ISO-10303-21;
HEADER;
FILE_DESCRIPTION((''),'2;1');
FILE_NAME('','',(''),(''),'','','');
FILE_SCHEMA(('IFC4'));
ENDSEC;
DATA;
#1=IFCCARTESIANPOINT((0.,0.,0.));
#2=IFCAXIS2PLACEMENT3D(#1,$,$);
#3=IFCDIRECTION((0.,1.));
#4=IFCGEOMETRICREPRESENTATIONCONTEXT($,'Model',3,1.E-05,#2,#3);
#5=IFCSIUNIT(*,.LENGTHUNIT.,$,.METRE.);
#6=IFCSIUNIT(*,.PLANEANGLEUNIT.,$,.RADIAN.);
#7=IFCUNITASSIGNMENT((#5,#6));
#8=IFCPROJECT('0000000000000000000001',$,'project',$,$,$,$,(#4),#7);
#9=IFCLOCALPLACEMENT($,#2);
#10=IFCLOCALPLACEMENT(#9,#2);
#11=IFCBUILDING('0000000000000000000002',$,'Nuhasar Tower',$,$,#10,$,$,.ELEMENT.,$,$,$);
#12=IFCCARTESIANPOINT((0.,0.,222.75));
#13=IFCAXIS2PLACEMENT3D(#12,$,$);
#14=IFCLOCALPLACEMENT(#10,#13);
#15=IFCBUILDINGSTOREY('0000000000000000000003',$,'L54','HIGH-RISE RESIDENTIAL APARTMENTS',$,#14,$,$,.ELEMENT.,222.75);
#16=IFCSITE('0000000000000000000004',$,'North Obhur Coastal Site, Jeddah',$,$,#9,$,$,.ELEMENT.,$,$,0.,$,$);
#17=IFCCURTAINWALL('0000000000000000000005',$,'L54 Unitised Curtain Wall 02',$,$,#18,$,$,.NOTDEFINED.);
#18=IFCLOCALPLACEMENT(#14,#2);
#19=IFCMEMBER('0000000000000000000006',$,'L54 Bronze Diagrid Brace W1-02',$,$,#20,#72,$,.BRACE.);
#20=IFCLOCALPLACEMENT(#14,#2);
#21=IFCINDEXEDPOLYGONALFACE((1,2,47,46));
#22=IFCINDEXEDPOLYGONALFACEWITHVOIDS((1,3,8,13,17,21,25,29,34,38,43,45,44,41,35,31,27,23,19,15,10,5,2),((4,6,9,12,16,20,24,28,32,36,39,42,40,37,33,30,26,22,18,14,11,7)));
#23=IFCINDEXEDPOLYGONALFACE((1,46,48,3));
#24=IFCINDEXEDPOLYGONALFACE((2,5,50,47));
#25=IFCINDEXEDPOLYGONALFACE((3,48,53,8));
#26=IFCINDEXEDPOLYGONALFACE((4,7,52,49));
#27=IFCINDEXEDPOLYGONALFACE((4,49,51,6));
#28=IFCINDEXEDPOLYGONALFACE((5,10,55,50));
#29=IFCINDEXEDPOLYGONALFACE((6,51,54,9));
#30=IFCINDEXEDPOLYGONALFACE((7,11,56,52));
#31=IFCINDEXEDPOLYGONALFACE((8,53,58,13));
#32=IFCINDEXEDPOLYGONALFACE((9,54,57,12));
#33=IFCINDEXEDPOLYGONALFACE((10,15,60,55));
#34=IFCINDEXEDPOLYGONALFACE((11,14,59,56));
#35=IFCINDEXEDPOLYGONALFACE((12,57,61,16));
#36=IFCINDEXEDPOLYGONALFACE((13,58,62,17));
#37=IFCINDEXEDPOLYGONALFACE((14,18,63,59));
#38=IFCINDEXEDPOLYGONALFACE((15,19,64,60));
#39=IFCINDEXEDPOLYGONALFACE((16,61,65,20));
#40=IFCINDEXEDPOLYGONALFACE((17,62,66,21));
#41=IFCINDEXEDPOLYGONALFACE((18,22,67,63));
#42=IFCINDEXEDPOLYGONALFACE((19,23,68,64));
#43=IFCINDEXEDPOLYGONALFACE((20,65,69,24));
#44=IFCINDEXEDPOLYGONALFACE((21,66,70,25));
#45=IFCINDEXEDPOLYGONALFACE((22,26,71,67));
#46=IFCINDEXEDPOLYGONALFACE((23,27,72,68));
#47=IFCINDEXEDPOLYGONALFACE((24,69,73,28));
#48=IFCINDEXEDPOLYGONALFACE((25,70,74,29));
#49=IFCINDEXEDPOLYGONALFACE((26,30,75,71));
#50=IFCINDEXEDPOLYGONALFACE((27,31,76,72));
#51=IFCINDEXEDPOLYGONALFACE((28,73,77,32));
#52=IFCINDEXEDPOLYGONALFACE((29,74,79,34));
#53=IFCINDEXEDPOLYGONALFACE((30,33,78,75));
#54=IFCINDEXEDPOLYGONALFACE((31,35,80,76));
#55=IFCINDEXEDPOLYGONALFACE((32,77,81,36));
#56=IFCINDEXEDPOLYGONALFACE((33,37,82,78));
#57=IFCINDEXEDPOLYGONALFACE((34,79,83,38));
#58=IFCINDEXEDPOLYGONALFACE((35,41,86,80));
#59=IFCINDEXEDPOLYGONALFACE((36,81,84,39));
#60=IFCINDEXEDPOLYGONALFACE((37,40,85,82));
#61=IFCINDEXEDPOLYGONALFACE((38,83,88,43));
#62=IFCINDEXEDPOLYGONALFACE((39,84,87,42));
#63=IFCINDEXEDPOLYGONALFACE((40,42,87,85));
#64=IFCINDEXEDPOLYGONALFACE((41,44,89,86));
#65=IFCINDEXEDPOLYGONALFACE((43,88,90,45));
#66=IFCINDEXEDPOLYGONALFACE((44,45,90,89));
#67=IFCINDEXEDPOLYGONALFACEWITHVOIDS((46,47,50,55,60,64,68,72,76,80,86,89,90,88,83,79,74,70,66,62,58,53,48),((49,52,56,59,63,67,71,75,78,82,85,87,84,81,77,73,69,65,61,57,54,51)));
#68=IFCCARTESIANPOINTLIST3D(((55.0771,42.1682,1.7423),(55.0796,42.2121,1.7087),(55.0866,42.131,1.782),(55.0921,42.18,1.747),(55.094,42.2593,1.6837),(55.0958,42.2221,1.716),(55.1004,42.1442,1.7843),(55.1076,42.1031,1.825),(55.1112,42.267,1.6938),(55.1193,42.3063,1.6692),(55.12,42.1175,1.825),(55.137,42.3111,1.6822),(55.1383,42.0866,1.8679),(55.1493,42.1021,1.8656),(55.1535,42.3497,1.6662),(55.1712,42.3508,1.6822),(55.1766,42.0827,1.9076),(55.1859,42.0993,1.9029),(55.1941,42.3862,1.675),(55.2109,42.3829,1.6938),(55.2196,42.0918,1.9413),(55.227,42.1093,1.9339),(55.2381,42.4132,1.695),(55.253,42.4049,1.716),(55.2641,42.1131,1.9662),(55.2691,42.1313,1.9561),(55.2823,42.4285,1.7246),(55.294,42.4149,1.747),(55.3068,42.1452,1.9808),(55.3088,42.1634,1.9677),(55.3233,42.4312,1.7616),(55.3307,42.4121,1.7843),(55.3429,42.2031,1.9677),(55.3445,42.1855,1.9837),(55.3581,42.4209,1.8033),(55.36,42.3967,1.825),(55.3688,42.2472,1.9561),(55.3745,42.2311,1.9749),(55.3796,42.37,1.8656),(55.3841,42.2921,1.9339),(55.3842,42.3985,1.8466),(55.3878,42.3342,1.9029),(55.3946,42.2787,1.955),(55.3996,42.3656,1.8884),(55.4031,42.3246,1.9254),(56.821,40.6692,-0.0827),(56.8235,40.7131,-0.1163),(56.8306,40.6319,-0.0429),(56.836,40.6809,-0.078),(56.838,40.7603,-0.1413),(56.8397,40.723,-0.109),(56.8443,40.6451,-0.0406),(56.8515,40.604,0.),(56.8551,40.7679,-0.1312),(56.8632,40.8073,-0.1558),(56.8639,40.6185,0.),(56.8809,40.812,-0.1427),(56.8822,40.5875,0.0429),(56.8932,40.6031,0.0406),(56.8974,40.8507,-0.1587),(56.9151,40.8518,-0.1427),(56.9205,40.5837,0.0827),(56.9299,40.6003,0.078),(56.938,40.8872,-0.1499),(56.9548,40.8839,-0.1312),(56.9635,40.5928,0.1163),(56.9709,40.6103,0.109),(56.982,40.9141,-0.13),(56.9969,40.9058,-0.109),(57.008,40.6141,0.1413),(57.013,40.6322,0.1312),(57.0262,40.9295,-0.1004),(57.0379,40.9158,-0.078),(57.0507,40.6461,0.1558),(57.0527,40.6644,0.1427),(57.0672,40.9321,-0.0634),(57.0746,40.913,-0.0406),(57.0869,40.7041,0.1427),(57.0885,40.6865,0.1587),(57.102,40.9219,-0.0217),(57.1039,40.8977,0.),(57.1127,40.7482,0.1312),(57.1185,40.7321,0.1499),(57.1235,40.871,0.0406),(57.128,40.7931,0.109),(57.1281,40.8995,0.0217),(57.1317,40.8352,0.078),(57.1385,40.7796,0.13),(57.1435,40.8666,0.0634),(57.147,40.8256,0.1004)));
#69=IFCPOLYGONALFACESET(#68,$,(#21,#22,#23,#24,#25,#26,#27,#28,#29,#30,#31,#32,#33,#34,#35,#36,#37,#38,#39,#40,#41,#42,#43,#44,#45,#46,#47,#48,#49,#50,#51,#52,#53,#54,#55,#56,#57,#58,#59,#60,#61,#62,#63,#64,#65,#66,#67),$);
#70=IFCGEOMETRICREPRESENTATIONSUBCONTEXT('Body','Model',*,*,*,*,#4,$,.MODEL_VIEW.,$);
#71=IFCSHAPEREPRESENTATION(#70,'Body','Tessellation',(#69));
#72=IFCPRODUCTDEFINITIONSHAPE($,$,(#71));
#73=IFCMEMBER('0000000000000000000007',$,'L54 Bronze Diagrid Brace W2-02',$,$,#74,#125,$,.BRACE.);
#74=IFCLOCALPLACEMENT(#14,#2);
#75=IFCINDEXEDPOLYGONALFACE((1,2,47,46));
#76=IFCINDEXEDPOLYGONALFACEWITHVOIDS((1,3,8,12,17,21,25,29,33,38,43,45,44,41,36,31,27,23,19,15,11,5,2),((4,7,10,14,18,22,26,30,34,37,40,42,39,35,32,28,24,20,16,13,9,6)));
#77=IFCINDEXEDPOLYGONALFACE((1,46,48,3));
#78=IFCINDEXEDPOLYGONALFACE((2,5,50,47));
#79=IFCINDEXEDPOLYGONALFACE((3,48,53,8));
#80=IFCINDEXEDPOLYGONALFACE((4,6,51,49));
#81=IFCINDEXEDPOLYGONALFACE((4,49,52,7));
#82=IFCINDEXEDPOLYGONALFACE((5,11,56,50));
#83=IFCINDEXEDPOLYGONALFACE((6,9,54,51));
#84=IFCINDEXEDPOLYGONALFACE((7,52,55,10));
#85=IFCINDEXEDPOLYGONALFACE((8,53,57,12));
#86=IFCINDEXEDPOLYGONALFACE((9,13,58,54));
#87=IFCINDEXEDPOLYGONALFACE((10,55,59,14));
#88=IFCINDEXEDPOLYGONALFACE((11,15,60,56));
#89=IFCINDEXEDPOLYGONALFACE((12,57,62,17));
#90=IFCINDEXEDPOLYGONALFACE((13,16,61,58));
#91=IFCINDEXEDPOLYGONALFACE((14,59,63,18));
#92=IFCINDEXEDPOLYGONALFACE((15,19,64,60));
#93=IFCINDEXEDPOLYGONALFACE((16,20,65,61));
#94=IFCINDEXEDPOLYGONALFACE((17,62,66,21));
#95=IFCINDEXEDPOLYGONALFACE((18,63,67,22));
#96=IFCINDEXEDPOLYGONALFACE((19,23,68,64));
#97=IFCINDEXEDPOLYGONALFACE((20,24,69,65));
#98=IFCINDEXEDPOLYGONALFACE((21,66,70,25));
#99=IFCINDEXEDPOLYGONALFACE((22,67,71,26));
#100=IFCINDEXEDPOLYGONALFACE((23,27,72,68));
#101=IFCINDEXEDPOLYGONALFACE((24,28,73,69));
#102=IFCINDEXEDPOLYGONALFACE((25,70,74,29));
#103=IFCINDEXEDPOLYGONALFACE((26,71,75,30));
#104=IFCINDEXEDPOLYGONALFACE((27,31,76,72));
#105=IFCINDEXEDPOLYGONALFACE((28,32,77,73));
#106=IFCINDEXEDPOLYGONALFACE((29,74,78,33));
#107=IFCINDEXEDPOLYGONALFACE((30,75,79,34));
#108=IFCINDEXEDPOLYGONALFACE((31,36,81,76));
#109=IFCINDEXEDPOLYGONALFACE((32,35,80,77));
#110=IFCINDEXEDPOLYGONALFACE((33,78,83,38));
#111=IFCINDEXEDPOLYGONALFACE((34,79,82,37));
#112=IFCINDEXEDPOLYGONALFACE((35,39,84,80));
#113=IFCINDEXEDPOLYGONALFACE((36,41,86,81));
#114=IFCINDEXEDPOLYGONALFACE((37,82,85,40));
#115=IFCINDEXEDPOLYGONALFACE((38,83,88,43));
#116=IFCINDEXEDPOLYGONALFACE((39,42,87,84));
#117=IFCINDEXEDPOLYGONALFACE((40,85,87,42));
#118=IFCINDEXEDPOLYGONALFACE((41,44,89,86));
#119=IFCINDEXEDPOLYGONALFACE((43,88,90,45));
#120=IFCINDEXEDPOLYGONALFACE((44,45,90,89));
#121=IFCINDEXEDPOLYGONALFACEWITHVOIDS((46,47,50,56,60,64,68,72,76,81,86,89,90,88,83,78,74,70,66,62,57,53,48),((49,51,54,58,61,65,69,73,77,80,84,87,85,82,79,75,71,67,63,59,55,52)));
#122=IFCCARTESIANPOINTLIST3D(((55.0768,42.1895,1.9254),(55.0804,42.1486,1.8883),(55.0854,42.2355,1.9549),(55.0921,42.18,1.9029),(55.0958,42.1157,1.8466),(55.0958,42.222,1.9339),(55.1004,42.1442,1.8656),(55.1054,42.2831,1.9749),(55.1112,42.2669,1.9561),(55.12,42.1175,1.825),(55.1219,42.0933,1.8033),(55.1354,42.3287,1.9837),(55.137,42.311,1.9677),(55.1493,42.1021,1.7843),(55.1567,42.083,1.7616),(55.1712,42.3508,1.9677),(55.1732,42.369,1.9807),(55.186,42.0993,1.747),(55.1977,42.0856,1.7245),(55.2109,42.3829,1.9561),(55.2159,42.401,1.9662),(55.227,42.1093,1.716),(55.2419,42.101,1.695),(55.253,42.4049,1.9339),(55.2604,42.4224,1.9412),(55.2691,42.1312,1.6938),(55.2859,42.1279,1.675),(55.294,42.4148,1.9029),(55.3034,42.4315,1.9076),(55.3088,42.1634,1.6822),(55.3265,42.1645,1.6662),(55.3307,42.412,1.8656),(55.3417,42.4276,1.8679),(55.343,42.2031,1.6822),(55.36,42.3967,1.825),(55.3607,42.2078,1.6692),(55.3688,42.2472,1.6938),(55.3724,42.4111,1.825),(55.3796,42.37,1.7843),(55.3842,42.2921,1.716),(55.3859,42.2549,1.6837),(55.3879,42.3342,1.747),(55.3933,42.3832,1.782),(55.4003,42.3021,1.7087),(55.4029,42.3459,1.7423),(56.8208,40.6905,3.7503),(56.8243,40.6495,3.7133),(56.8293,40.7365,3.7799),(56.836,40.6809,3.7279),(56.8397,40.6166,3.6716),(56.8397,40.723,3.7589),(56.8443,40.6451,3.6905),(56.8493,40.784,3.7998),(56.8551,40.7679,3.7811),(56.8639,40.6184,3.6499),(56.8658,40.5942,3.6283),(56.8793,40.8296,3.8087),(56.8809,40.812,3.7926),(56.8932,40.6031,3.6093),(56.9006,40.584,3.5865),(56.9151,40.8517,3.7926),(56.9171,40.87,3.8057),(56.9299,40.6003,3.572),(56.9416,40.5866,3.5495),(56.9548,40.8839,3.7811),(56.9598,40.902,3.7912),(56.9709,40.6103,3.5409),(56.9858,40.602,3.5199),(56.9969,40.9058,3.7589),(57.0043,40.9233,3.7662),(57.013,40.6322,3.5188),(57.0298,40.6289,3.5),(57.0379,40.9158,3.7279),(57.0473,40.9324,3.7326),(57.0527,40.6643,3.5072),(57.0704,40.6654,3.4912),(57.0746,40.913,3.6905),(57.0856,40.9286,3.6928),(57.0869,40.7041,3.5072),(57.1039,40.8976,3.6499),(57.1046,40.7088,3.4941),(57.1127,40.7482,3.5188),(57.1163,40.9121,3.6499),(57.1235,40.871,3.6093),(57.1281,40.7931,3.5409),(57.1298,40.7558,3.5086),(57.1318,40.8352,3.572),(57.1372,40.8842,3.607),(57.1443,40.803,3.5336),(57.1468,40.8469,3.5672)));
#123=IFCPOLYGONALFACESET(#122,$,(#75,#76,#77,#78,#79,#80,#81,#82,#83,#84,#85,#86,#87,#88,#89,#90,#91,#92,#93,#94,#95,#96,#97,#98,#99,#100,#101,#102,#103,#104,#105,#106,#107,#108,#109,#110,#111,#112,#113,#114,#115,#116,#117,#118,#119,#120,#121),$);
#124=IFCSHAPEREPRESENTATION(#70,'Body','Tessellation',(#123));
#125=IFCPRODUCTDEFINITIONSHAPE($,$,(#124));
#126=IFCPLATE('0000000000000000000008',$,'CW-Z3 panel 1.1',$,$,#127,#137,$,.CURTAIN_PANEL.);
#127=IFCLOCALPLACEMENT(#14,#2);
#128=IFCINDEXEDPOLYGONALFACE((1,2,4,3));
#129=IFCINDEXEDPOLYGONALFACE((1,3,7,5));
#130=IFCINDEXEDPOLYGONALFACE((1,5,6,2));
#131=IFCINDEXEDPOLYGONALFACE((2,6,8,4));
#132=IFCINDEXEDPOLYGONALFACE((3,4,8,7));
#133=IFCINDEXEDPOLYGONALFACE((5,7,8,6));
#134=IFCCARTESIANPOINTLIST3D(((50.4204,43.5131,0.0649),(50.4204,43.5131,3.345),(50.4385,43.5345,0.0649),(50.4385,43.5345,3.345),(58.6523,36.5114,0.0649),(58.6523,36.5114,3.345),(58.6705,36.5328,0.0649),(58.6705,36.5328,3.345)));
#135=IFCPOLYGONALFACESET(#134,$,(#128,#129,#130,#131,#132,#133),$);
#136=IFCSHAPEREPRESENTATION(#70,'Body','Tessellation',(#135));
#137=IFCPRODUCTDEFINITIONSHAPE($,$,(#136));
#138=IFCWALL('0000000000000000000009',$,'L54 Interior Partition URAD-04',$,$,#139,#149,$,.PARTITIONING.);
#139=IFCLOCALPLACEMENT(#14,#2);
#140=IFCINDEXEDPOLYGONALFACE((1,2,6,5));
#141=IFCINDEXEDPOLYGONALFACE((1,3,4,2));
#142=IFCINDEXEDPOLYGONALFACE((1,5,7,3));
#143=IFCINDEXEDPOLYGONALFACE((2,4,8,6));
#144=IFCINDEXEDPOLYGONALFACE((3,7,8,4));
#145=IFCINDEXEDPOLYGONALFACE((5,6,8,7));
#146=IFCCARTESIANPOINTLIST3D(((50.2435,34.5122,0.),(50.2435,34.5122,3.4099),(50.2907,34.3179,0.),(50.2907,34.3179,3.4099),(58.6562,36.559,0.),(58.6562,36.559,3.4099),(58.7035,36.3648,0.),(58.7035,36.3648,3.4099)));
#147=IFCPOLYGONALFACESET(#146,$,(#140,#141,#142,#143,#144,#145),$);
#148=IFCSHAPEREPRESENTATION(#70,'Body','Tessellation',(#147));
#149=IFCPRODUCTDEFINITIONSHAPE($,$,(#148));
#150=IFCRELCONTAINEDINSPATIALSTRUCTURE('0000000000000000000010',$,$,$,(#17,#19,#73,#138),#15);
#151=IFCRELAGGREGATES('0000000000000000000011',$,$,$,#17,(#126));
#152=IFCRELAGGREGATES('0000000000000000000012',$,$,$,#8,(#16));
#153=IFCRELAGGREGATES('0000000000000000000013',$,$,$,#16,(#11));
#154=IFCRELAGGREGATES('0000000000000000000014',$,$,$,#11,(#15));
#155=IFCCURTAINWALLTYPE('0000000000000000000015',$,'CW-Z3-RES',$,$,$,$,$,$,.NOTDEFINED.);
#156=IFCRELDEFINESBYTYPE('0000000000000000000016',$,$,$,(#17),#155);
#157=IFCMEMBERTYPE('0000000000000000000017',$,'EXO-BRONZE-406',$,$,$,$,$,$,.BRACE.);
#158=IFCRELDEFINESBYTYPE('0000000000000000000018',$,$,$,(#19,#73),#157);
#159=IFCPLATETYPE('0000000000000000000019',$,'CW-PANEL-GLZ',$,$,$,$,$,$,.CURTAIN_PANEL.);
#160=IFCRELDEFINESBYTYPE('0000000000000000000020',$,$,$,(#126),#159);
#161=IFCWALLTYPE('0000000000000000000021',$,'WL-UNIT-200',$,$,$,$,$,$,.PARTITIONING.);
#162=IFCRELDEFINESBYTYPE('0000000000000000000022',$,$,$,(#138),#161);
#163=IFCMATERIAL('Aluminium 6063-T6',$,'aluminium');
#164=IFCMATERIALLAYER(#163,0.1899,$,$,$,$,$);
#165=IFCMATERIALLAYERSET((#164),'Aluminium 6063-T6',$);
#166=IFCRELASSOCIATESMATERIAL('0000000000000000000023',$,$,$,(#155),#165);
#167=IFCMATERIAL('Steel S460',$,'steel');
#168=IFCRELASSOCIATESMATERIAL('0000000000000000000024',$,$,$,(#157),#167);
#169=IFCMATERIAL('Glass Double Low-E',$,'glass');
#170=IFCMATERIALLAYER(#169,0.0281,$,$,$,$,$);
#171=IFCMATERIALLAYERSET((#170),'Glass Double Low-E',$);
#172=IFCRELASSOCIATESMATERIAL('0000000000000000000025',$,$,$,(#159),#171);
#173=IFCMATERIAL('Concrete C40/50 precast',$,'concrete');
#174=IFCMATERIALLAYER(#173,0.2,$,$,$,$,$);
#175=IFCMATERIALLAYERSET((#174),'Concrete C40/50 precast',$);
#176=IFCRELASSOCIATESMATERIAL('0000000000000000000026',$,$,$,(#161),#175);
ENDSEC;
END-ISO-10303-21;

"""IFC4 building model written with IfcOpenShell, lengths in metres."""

from ifc_helpers import new_model, si_unit, direction, frame, frame_2d, origin, origin_2d, place, context, subcontext, project, spatial, rectangle, hollow_circle, extrude, material, layer, layer_set, material_profile, profile_set, type_object, element, aggregate, save


model = new_model("IFC4")

# Units and contexts
model_context = context("Model", 3, precision=1e-05, world=origin(), true_north=direction((0.0, 1.0)))
body_context = subcontext(model_context, "Body", "Model", "MODEL_VIEW")
ifc_project = project(units=[si_unit("LENGTHUNIT", "METRE"), si_unit("PLANEANGLEUNIT", "RADIAN")], contexts=[model_context])

# Site, building, storey
site_placement = place(None, origin())
site = spatial("IfcSite", under=ifc_project, at=site_placement, Name="North Obhur Coastal Site, Jeddah", CompositionType="ELEMENT", RefElevation=0.0)
building_placement = place(site_placement, origin())
building = spatial("IfcBuilding", under=site, at=building_placement, Name="Nuhasar Tower", CompositionType="ELEMENT")
storey_placement = place(building_placement, frame((0.0, 0.0, 222.75)))
storey = spatial("IfcBuildingStorey", under=building, at=storey_placement, Name="L54", Description="HIGH-RISE RESIDENTIAL APARTMENTS", CompositionType="ELEMENT", Elevation=222.75)

# Shared definitions
ifc_material_1 = material(Name="Aluminium 6063-T6", Category="aluminium")
ifc_layer_1 = layer(ifc_material_1, 0.1899)
ifc_layer_set_1 = layer_set([ifc_layer_1], Name="Aluminium 6063-T6")
curtain_wall_type = type_object("IfcCurtainWallType", Name="CW-Z3-RES", PredefinedType="NOTDEFINED", material=ifc_layer_set_1)

# Curtain wall
curtain_wall_1_placement = place(storey_placement, origin())
curtain_wall_1 = element("IfcCurtainWall", 1, at=curtain_wall_1_placement, inside=storey, type_object=curtain_wall_type, Name="L54 Unitised Curtain Wall 02", PredefinedType="NOTDEFINED")

# Members
ifc_material_2 = material(Name="Steel S460", Category="steel")
ifc_material_profile_1 = material_profile(ifc_material_2, hollow_circle(Radius=0.2031, WallThickness=0.019, at=origin_2d()), Name="HSS406.4X19.1")
ifc_profile_set_1 = profile_set([ifc_material_profile_1], Name="Steel S460")
member_type_1 = type_object("IfcMemberType", Name="EXO-BRONZE-406", PredefinedType="BRACE", material=ifc_profile_set_1)
for number, where, z_axis, x_axis, name in (
    (2, (56.9839, 40.7581, 0.0), (-0.594019, 0.510608, 0.621628), (-0.651857, -0.758342, 0.0), "L54 Bronze Diagrid Brace W1-02"),
    (3, (55.24, 42.2571, 1.825), (0.594019, -0.510608, 0.621628), (0.651857, 0.758342, 0.0), "L54 Bronze Diagrid Brace W2-02"),
):
    element("IfcMember", number, at=place(storey_placement, frame(where, z_axis=z_axis, x_axis=x_axis)), inside=storey, type_object=member_type_1, Name=name, PredefinedType="BRACE", context=body_context, shape_type="SweptSolid", body=[
        extrude(hollow_circle(Radius=0.2031, WallThickness=0.019, at=origin_2d()), origin(), (0.0, 0.0, 1.0), 2.9358),
    ])

# Plate
ifc_material_3 = material(Name="Glass Double Low-E", Category="glass")
ifc_layer_2 = layer(ifc_material_3, 0.0281)
ifc_layer_set_2 = layer_set([ifc_layer_2], Name="Glass Double Low-E")
plate_type = type_object("IfcPlateType", Name="CW-PANEL-GLZ", PredefinedType="CURTAIN_PANEL", material=ifc_layer_set_2)
plate_placement = place(storey_placement, frame((54.5454, 40.0229, 0.0649), z_axis=(0.0, 0.0, 1.0), x_axis=(-0.761729, 0.647895, 0.0)))
plate = element("IfcPlate", 4, at=plate_placement, type_object=plate_type, Name="CW-Z3 panel 1.1", PredefinedType="CURTAIN_PANEL", context=body_context, shape_type="SweptSolid", body=[
    extrude(rectangle(XDim=10.8069, YDim=0.0281, at=origin_2d()), origin(), (0.0, 0.0, 1.0), 3.28),
])
aggregate(curtain_wall_1, [plate])

# Wall
ifc_material_4 = material(Name="Concrete C40/50 precast", Category="concrete")
ifc_layer_3 = layer(ifc_material_4, 0.2)
ifc_layer_set_3 = layer_set([ifc_layer_3], Name="Concrete C40/50 precast")
wall_type = type_object("IfcWallType", Name="WL-UNIT-200", PredefinedType="PARTITIONING", material=ifc_layer_set_3)
wall_placement = place(storey_placement, frame((50.2671, 34.415, 0.0), z_axis=(0.0, 0.0, 1.0), x_axis=(0.971654, 0.236407, 0.0)))
element("IfcWall", 5, at=wall_placement, inside=storey, type_object=wall_type, Name="L54 Interior Partition URAD-04", PredefinedType="PARTITIONING", context=body_context, shape_type="SweptSolid", body=[
    extrude(rectangle(XDim=8.6582, YDim=0.2, at=frame_2d((4.3291, 0.0))), origin(), (0.0, 0.0, 1.0), 3.4099),
])

save(model, "model.ifc")
